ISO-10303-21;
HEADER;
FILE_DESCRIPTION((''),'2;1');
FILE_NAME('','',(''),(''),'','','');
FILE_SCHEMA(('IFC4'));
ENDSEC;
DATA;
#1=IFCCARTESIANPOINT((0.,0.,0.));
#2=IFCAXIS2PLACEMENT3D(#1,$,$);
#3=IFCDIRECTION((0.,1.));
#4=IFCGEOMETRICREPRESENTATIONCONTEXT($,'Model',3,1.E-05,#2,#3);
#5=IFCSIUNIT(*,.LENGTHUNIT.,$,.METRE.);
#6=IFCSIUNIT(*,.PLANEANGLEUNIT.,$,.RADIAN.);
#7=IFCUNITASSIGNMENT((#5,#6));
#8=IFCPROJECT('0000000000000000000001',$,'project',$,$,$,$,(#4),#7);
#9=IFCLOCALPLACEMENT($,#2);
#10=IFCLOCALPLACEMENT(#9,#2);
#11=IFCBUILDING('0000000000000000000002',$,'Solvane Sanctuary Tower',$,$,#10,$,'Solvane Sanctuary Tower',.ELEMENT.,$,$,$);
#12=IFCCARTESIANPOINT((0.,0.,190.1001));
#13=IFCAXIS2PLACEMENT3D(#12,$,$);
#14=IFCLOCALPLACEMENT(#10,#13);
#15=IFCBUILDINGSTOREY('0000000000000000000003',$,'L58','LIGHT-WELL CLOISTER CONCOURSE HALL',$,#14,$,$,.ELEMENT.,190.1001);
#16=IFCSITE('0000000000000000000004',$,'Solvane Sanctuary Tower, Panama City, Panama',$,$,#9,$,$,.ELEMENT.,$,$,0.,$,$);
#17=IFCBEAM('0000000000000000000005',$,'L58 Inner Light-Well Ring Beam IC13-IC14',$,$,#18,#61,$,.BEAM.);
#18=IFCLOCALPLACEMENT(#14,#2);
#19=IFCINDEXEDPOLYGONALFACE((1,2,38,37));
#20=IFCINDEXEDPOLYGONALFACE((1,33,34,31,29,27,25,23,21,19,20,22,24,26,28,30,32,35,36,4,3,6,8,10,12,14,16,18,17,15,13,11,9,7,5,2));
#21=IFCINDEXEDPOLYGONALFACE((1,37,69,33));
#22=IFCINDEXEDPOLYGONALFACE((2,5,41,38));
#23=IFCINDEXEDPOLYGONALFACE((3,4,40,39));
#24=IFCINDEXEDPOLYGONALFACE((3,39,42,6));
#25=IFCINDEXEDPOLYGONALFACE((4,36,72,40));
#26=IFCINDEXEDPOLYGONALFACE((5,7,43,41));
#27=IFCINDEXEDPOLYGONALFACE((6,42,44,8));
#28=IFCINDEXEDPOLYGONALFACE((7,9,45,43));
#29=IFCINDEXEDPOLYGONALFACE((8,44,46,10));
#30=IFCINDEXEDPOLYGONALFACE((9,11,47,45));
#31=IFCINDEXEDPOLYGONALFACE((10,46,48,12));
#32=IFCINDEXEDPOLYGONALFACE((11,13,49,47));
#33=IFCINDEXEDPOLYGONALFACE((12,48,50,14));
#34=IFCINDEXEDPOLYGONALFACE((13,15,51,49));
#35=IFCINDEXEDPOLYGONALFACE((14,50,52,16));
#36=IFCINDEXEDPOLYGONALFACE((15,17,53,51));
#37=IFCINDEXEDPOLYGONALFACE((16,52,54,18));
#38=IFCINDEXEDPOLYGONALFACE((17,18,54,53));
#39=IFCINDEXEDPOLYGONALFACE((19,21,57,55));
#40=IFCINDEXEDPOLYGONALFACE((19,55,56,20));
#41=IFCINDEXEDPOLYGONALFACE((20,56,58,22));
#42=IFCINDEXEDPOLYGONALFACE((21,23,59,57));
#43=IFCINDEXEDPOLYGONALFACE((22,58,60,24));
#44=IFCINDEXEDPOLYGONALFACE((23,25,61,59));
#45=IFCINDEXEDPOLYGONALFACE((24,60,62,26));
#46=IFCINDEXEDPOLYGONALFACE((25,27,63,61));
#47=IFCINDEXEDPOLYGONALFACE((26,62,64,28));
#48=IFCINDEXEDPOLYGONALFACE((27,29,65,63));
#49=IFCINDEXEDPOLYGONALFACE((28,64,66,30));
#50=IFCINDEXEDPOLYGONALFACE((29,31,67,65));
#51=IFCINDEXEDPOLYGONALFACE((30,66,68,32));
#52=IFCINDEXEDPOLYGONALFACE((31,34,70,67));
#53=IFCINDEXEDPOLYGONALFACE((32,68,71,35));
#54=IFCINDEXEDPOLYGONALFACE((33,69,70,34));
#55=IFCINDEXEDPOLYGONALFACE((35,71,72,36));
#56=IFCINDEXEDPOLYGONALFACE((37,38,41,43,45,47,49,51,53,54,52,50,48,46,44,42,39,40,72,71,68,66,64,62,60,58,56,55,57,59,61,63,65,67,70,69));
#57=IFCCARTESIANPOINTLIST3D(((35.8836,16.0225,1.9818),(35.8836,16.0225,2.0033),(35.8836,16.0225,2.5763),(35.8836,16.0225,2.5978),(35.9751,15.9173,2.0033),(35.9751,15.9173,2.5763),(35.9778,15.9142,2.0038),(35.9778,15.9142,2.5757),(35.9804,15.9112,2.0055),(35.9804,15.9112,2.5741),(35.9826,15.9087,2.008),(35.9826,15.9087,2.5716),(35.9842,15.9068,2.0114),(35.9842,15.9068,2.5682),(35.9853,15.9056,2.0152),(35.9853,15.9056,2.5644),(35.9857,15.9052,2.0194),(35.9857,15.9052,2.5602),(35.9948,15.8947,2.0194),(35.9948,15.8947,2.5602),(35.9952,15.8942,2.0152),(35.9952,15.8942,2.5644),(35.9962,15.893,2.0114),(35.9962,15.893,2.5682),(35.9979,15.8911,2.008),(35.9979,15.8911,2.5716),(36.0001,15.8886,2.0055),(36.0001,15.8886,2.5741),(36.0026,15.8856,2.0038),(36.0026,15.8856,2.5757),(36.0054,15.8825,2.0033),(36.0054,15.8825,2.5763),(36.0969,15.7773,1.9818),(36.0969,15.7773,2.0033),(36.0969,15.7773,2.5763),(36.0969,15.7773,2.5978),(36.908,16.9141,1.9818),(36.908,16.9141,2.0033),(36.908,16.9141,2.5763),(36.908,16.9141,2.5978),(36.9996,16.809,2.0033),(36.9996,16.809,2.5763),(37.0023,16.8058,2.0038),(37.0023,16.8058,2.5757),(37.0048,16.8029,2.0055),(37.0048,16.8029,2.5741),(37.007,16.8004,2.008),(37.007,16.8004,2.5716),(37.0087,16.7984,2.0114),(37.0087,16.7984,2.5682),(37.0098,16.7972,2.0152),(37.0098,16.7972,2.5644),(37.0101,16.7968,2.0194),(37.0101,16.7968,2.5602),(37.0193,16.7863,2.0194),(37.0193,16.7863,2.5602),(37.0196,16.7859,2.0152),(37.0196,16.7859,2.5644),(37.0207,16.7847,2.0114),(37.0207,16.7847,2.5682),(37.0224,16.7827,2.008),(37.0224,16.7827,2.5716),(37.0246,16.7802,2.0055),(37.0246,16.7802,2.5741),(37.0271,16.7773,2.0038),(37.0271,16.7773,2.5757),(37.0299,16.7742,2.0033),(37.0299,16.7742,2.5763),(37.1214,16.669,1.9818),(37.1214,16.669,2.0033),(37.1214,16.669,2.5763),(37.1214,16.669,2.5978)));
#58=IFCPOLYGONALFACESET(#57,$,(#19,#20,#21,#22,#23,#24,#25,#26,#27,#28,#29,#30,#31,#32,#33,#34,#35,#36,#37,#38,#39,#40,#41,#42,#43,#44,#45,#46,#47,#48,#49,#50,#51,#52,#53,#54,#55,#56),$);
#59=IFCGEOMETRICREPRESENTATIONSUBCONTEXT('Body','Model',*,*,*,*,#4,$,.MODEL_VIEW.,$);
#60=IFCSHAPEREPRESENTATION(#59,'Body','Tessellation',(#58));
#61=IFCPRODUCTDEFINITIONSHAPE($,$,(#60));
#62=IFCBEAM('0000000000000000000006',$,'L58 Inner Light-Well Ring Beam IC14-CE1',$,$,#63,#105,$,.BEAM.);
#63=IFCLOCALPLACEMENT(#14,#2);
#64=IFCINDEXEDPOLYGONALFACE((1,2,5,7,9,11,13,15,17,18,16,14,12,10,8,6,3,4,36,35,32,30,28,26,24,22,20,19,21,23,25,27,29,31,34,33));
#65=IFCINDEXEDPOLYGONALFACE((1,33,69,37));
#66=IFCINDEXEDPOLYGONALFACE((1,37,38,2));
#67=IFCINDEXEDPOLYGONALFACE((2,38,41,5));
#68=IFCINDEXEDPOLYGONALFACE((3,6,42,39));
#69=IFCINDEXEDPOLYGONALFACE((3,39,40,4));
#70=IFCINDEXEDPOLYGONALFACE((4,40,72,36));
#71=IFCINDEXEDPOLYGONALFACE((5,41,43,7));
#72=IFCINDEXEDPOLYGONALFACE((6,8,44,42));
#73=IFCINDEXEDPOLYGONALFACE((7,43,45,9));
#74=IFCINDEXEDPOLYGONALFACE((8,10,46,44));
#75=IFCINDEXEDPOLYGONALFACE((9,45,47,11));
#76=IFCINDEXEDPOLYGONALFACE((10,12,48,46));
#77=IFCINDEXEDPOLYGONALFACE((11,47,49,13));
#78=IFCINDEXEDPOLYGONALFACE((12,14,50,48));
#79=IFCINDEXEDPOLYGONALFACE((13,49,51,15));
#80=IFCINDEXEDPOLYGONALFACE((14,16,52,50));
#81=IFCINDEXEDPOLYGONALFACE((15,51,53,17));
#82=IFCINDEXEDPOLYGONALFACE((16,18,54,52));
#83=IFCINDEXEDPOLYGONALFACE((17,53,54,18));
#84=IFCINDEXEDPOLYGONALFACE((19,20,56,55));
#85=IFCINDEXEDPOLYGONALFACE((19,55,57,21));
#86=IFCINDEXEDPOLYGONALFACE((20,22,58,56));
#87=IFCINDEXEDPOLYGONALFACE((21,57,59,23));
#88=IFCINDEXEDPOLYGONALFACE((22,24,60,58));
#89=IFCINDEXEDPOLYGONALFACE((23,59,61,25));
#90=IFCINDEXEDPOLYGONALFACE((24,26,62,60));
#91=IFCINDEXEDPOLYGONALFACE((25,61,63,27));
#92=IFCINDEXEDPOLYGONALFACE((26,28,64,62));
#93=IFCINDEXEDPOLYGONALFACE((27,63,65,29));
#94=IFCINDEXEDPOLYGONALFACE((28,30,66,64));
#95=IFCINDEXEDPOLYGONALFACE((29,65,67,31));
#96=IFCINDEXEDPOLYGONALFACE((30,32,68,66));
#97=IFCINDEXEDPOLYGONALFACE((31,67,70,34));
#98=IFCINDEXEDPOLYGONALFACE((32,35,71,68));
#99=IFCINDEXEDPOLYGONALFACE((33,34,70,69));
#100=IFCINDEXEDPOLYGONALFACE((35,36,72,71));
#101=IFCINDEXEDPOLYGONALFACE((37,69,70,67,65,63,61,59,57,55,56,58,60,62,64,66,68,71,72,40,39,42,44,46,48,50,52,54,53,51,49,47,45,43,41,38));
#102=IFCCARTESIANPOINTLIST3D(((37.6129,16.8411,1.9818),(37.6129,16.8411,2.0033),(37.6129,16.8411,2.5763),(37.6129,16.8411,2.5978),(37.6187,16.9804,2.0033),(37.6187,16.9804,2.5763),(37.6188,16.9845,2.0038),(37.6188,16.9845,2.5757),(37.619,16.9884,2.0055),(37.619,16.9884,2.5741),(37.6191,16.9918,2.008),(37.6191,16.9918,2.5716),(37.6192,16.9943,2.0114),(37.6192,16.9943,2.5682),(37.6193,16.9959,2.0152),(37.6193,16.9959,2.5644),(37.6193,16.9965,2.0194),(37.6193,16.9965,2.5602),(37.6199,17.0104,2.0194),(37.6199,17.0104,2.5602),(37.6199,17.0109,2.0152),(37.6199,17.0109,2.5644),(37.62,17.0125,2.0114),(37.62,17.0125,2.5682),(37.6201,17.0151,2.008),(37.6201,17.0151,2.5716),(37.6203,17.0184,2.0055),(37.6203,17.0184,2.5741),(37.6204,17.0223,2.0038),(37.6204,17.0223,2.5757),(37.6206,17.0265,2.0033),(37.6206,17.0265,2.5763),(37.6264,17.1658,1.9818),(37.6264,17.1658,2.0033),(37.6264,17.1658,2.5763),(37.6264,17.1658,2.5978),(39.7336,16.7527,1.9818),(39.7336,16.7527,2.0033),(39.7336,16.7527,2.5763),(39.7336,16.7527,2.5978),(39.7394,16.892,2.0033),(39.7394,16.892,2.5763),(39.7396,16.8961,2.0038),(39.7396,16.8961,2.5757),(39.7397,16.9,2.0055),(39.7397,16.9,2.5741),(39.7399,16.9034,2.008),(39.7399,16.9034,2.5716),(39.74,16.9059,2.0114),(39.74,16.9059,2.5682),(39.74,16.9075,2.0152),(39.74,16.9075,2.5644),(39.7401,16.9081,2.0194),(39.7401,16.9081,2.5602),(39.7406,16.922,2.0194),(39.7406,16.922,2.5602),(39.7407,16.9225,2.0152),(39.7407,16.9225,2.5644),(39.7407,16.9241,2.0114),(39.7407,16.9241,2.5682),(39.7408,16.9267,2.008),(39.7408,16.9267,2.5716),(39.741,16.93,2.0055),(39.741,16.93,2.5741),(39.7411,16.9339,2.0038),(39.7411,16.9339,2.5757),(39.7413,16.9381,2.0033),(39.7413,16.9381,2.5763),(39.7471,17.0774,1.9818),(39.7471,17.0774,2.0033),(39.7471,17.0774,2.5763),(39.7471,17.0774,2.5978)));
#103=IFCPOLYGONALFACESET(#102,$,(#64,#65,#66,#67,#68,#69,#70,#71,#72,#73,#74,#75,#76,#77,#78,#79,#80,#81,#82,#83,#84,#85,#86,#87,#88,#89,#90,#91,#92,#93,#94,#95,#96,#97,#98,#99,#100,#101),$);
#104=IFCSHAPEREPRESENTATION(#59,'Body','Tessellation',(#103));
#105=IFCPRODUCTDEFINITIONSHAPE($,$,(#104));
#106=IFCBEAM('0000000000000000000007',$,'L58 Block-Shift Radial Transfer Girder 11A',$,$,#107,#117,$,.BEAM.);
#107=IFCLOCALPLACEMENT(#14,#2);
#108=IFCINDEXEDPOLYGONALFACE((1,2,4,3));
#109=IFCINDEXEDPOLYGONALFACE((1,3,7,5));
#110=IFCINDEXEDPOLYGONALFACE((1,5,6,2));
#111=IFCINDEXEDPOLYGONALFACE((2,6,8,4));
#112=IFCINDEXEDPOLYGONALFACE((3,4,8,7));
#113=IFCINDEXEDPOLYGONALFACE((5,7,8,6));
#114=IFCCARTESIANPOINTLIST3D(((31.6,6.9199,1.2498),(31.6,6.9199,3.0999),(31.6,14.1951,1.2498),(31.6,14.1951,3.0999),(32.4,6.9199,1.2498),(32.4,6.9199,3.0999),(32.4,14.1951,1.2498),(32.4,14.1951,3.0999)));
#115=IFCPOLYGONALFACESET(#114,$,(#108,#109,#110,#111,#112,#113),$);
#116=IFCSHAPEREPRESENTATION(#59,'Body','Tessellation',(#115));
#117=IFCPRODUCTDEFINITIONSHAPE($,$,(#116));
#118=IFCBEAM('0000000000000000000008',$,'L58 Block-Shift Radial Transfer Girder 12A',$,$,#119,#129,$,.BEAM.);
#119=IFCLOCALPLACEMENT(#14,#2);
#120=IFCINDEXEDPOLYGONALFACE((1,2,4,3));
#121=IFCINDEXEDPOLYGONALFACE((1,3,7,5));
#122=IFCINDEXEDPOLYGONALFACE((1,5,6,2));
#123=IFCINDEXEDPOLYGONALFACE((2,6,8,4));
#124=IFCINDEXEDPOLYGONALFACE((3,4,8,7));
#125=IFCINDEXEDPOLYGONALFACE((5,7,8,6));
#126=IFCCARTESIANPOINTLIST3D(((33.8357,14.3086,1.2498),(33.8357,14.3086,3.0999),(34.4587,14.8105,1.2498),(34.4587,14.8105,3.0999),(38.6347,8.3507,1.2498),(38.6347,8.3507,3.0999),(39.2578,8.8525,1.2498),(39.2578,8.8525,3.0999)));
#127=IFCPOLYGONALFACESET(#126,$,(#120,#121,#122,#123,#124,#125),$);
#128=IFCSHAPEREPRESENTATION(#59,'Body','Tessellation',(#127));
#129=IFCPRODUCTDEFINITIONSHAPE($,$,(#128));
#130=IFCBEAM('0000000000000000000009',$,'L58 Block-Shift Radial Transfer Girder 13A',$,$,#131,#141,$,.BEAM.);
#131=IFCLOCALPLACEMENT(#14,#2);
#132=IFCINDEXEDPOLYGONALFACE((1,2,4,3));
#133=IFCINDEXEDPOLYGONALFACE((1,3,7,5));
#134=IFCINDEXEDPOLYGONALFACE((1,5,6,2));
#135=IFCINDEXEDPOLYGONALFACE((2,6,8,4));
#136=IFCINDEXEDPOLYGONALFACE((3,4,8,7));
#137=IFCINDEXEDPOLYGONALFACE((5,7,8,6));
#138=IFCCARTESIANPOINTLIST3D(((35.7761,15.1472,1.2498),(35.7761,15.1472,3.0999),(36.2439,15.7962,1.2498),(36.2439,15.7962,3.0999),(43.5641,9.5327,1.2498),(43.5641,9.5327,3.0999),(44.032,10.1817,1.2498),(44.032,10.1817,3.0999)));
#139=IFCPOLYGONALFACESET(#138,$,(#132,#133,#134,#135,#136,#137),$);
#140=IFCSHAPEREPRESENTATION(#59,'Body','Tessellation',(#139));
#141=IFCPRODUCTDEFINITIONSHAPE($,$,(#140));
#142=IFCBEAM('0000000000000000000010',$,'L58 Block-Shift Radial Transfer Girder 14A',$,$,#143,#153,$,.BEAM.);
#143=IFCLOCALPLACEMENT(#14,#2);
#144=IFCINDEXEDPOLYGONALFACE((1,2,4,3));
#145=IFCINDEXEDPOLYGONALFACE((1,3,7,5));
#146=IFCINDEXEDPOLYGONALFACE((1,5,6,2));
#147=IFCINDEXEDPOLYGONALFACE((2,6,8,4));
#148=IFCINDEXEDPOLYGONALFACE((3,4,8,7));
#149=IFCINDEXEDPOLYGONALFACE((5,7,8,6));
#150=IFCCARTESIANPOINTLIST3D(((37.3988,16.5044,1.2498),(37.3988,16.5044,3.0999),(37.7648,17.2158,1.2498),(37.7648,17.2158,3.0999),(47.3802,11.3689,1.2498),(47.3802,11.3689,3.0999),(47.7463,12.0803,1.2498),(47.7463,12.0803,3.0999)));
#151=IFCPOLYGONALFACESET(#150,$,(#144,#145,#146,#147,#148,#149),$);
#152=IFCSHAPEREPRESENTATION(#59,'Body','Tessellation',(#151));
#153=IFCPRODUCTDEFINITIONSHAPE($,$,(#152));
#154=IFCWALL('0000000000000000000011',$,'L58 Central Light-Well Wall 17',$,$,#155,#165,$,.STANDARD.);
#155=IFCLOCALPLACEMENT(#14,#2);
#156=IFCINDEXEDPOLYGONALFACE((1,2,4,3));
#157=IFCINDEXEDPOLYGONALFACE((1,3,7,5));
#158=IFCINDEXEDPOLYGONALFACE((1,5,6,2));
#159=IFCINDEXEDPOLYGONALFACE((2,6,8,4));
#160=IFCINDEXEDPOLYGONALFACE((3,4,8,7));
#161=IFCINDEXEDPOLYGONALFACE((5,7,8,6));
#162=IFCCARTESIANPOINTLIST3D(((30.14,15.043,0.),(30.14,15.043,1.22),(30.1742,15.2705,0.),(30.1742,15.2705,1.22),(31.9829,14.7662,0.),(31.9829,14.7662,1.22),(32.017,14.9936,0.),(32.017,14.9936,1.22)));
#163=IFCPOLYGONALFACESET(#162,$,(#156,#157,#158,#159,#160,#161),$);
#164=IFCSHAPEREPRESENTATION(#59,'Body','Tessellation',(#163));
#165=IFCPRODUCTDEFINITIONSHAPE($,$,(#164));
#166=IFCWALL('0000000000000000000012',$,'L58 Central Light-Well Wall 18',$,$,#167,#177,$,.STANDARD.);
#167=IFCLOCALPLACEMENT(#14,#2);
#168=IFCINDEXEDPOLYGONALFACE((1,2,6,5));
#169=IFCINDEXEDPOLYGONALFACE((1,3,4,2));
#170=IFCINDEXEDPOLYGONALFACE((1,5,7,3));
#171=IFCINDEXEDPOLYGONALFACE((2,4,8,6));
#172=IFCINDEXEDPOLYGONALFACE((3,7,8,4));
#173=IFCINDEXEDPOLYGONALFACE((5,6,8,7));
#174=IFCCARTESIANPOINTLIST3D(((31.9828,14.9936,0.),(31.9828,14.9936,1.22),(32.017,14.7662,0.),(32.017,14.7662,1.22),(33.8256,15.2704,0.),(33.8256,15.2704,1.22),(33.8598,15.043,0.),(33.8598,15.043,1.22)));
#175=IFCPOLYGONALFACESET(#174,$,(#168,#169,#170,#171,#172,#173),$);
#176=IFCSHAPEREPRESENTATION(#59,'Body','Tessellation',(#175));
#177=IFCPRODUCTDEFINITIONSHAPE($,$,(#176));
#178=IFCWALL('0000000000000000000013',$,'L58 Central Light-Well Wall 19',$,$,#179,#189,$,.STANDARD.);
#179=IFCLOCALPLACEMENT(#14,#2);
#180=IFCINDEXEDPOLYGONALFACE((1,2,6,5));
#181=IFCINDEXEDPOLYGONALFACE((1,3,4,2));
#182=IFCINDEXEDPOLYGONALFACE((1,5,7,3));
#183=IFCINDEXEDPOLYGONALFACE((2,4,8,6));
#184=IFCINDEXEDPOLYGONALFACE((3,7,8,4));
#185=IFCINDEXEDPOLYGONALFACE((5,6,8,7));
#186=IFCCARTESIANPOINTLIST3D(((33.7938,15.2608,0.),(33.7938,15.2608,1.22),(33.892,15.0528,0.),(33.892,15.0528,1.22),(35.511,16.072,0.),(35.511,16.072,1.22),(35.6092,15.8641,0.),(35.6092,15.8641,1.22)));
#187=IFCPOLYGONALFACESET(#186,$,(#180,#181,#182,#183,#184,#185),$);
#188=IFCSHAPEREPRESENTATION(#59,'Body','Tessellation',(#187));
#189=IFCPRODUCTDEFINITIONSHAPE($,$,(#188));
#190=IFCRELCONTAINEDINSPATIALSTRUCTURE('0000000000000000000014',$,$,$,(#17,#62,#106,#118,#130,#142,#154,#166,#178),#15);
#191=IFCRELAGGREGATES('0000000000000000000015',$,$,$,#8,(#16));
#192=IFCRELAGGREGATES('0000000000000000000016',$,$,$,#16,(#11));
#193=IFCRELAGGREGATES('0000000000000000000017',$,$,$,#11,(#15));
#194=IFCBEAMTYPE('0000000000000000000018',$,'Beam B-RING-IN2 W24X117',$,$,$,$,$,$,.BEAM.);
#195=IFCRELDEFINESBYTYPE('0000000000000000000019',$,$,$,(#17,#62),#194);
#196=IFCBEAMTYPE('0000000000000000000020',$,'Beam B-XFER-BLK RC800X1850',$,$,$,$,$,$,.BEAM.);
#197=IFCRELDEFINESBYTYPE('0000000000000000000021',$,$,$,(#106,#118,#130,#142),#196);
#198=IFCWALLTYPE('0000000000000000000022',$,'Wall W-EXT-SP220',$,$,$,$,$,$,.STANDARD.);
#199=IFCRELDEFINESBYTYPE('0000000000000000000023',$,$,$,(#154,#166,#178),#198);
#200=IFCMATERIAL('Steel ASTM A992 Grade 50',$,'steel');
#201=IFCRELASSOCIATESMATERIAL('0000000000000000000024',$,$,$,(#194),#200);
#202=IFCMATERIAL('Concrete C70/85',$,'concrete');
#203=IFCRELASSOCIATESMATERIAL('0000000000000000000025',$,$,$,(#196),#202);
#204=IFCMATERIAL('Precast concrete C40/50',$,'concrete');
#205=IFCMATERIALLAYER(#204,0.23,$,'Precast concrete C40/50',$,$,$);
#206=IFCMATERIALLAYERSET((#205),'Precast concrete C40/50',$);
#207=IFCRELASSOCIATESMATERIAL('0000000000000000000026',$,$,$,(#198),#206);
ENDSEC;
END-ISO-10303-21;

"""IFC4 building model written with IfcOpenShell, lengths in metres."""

from ifc_helpers import new_model, si_unit, direction, frame, frame_2d, origin, origin_2d, place, context, subcontext, project, spatial, rectangle, i_section, extrude, material, layer, layer_set, material_profile, profile_set, type_object, element, save


model = new_model("IFC4")

# Units and contexts
model_context = context("Model", 3, precision=1e-05, world=origin(), true_north=direction((0.0, 1.0)))
body_context = subcontext(model_context, "Body", "Model", "MODEL_VIEW")
ifc_project = project(units=[si_unit("LENGTHUNIT", "METRE"), si_unit("PLANEANGLEUNIT", "RADIAN")], contexts=[model_context])

# Site, building, storey
site_placement = place(None, origin())
site = spatial("IfcSite", under=ifc_project, at=site_placement, Name="Solvane Sanctuary Tower, Panama City, Panama", CompositionType="ELEMENT", RefElevation=0.0)
building_placement = place(site_placement, origin())
building = spatial("IfcBuilding", under=site, at=building_placement, Name="Solvane Sanctuary Tower", LongName="Solvane Sanctuary Tower", CompositionType="ELEMENT")
storey_placement = place(building_placement, frame((0.0, 0.0, 190.1001)))
storey = spatial("IfcBuildingStorey", under=building, at=storey_placement, Name="L58", Description="LIGHT-WELL CLOISTER CONCOURSE HALL", CompositionType="ELEMENT", Elevation=190.1001)

# Beams
ifc_material_1 = material(Name="Steel ASTM A992 Grade 50", Category="steel")
ifc_material_profile_1 = material_profile(ifc_material_1, i_section(OverallWidth=0.325, OverallDepth=0.616, WebThickness=0.0139, FlangeThickness=0.0215, FilletRadius=0.0161, at=origin_2d()), Name="W24X117")
ifc_profile_set_1 = profile_set([ifc_material_profile_1], Name="Steel ASTM A992 Grade 50")
beam_type_1 = type_object("IfcBeamType", Name="Beam B-RING-IN2 W24X117", PredefinedType="BEAM", material=ifc_profile_set_1)
beam_1_placement = place(storey_placement, frame((35.9902, 15.8999, 2.2898), z_axis=(0.754311, 0.656517, 0.0), x_axis=(-0.656517, 0.754311, 0.0)))
element("IfcBeam", 1, at=beam_1_placement, inside=storey, type_object=beam_type_1, Name="L58 Inner Light-Well Ring Beam IC13-IC14", PredefinedType="BEAM", context=body_context, shape_type="SweptSolid", body=[
    extrude(i_section(OverallWidth=0.325, OverallDepth=0.616, WebThickness=0.0139, FlangeThickness=0.0215, FilletRadius=0.0161, at=origin_2d()), origin(), (0.0, 0.0, 1.0), 1.3582),
])
beam_2_placement = place(storey_placement, frame((37.6196, 17.0034, 2.2898), z_axis=(0.999133, -0.04164, 0.0), x_axis=(0.04164, 0.999133, 0.0)))
element("IfcBeam", 2, at=beam_2_placement, inside=storey, type_object=beam_type_1, Name="L58 Inner Light-Well Ring Beam IC14-CE1", PredefinedType="BEAM", context=body_context, shape_type="SweptSolid", body=[
    extrude(i_section(OverallWidth=0.325, OverallDepth=0.616, WebThickness=0.0139, FlangeThickness=0.0215, FilletRadius=0.0161, at=origin_2d()), origin(), (0.0, 0.0, 1.0), 2.1226),
])
ifc_material_2 = material(Name="Concrete C70/85", Category="concrete")
ifc_material_profile_2 = material_profile(ifc_material_2, rectangle(XDim=0.8, YDim=1.8501, at=origin_2d()), Name="RC800X1850")
ifc_profile_set_2 = profile_set([ifc_material_profile_2], Name="Concrete C70/85")
beam_type_2 = type_object("IfcBeamType", Name="Beam B-XFER-BLK RC800X1850", PredefinedType="BEAM", material=ifc_profile_set_2)
beam_3_placement = place(storey_placement, frame((32.0, 14.1951, 2.1748), z_axis=(0.0, -1.0, 0.0), x_axis=(1.0, 0.0, 0.0)))
element("IfcBeam", 3, at=beam_3_placement, inside=storey, type_object=beam_type_2, Name="L58 Block-Shift Radial Transfer Girder 11A", PredefinedType="BEAM", context=body_context, shape_type="SweptSolid", body=[
    extrude(rectangle(XDim=0.8, YDim=1.8501, at=origin_2d()), origin(), (0.0, 0.0, 1.0), 7.2751),
])
beam_4_placement = place(storey_placement, frame((34.1472, 14.5596, 2.1748), z_axis=(0.627295, -0.778782, 0.0), x_axis=(0.778782, 0.627295, 0.0)))
element("IfcBeam", 4, at=beam_4_placement, inside=storey, type_object=beam_type_2, Name="L58 Block-Shift Radial Transfer Girder 12A", PredefinedType="BEAM", context=body_context, shape_type="SweptSolid", body=[
    extrude(rectangle(XDim=0.8, YDim=1.8501, at=origin_2d()), origin(), (0.0, 0.0, 1.0), 7.6504),
])
beam_5_placement = place(storey_placement, frame((36.01, 15.4717, 2.1748), z_axis=(0.811185, -0.58479, 0.0), x_axis=(0.58479, 0.811185, 0.0)))
element("IfcBeam", 5, at=beam_5_placement, inside=storey, type_object=beam_type_2, Name="L58 Block-Shift Radial Transfer Girder 13A", PredefinedType="BEAM", context=body_context, shape_type="SweptSolid", body=[
    extrude(rectangle(XDim=0.8, YDim=1.8501, at=origin_2d()), origin(), (0.0, 0.0, 1.0), 9.6008),
])
beam_6_placement = place(storey_placement, frame((37.5818, 16.8601, 2.1748), z_axis=(0.889209, -0.457502, 0.0), x_axis=(0.457502, 0.889209, 0.0)))
element("IfcBeam", 6, at=beam_6_placement, inside=storey, type_object=beam_type_2, Name="L58 Block-Shift Radial Transfer Girder 14A", PredefinedType="BEAM", context=body_context, shape_type="SweptSolid", body=[
    extrude(rectangle(XDim=0.8, YDim=1.8501, at=origin_2d()), origin(), (0.0, 0.0, 1.0), 11.2251),
])

# Walls
ifc_material_3 = material(Name="Precast concrete C40/50", Category="concrete")
ifc_layer_1 = layer(ifc_material_3, 0.23, Name="Precast concrete C40/50")
ifc_layer_set_1 = layer_set([ifc_layer_1], Name="Precast concrete C40/50")
wall_type_1 = type_object("IfcWallType", Name="Wall W-EXT-SP220", PredefinedType="STANDARD", material=ifc_layer_set_1)
for number, where, z_axis, x_axis, name in (
    (7, (30.1572, 15.1567, 0.0), (0.0, 0.0, 1.0), (0.988902, -0.148571, 0.0), "L58 Central Light-Well Wall 17"),
    (8, (32.0, 14.8799, 0.0), (0.0, 0.0, 1.0), (0.988902, 0.148571, 0.0), "L58 Central Light-Well Wall 18"),
):
    element("IfcWall", number, at=place(storey_placement, frame(where, z_axis=z_axis, x_axis=x_axis)), inside=storey, type_object=wall_type_1, Name=name, PredefinedType="STANDARD", context=body_context, shape_type="SweptSolid", body=[
        extrude(rectangle(XDim=1.8635, YDim=0.23, at=frame_2d((0.9316, 0.0))), origin(), (0.0, 0.0, 1.0), 1.22),
    ])
wall_1_placement = place(storey_placement, frame((33.8428, 15.1567, 0.0), z_axis=(0.0, 0.0, 1.0), x_axis=(0.90418, 0.427152, 0.0)))
element("IfcWall", 9, at=wall_1_placement, inside=storey, type_object=wall_type_1, Name="L58 Central Light-Well Wall 19", PredefinedType="STANDARD", context=body_context, shape_type="SweptSolid", body=[
    extrude(rectangle(XDim=1.8992, YDim=0.23, at=frame_2d((0.9497, 0.0))), origin(), (0.0, 0.0, 1.0), 1.22),
])

save(model, "model.ifc")
